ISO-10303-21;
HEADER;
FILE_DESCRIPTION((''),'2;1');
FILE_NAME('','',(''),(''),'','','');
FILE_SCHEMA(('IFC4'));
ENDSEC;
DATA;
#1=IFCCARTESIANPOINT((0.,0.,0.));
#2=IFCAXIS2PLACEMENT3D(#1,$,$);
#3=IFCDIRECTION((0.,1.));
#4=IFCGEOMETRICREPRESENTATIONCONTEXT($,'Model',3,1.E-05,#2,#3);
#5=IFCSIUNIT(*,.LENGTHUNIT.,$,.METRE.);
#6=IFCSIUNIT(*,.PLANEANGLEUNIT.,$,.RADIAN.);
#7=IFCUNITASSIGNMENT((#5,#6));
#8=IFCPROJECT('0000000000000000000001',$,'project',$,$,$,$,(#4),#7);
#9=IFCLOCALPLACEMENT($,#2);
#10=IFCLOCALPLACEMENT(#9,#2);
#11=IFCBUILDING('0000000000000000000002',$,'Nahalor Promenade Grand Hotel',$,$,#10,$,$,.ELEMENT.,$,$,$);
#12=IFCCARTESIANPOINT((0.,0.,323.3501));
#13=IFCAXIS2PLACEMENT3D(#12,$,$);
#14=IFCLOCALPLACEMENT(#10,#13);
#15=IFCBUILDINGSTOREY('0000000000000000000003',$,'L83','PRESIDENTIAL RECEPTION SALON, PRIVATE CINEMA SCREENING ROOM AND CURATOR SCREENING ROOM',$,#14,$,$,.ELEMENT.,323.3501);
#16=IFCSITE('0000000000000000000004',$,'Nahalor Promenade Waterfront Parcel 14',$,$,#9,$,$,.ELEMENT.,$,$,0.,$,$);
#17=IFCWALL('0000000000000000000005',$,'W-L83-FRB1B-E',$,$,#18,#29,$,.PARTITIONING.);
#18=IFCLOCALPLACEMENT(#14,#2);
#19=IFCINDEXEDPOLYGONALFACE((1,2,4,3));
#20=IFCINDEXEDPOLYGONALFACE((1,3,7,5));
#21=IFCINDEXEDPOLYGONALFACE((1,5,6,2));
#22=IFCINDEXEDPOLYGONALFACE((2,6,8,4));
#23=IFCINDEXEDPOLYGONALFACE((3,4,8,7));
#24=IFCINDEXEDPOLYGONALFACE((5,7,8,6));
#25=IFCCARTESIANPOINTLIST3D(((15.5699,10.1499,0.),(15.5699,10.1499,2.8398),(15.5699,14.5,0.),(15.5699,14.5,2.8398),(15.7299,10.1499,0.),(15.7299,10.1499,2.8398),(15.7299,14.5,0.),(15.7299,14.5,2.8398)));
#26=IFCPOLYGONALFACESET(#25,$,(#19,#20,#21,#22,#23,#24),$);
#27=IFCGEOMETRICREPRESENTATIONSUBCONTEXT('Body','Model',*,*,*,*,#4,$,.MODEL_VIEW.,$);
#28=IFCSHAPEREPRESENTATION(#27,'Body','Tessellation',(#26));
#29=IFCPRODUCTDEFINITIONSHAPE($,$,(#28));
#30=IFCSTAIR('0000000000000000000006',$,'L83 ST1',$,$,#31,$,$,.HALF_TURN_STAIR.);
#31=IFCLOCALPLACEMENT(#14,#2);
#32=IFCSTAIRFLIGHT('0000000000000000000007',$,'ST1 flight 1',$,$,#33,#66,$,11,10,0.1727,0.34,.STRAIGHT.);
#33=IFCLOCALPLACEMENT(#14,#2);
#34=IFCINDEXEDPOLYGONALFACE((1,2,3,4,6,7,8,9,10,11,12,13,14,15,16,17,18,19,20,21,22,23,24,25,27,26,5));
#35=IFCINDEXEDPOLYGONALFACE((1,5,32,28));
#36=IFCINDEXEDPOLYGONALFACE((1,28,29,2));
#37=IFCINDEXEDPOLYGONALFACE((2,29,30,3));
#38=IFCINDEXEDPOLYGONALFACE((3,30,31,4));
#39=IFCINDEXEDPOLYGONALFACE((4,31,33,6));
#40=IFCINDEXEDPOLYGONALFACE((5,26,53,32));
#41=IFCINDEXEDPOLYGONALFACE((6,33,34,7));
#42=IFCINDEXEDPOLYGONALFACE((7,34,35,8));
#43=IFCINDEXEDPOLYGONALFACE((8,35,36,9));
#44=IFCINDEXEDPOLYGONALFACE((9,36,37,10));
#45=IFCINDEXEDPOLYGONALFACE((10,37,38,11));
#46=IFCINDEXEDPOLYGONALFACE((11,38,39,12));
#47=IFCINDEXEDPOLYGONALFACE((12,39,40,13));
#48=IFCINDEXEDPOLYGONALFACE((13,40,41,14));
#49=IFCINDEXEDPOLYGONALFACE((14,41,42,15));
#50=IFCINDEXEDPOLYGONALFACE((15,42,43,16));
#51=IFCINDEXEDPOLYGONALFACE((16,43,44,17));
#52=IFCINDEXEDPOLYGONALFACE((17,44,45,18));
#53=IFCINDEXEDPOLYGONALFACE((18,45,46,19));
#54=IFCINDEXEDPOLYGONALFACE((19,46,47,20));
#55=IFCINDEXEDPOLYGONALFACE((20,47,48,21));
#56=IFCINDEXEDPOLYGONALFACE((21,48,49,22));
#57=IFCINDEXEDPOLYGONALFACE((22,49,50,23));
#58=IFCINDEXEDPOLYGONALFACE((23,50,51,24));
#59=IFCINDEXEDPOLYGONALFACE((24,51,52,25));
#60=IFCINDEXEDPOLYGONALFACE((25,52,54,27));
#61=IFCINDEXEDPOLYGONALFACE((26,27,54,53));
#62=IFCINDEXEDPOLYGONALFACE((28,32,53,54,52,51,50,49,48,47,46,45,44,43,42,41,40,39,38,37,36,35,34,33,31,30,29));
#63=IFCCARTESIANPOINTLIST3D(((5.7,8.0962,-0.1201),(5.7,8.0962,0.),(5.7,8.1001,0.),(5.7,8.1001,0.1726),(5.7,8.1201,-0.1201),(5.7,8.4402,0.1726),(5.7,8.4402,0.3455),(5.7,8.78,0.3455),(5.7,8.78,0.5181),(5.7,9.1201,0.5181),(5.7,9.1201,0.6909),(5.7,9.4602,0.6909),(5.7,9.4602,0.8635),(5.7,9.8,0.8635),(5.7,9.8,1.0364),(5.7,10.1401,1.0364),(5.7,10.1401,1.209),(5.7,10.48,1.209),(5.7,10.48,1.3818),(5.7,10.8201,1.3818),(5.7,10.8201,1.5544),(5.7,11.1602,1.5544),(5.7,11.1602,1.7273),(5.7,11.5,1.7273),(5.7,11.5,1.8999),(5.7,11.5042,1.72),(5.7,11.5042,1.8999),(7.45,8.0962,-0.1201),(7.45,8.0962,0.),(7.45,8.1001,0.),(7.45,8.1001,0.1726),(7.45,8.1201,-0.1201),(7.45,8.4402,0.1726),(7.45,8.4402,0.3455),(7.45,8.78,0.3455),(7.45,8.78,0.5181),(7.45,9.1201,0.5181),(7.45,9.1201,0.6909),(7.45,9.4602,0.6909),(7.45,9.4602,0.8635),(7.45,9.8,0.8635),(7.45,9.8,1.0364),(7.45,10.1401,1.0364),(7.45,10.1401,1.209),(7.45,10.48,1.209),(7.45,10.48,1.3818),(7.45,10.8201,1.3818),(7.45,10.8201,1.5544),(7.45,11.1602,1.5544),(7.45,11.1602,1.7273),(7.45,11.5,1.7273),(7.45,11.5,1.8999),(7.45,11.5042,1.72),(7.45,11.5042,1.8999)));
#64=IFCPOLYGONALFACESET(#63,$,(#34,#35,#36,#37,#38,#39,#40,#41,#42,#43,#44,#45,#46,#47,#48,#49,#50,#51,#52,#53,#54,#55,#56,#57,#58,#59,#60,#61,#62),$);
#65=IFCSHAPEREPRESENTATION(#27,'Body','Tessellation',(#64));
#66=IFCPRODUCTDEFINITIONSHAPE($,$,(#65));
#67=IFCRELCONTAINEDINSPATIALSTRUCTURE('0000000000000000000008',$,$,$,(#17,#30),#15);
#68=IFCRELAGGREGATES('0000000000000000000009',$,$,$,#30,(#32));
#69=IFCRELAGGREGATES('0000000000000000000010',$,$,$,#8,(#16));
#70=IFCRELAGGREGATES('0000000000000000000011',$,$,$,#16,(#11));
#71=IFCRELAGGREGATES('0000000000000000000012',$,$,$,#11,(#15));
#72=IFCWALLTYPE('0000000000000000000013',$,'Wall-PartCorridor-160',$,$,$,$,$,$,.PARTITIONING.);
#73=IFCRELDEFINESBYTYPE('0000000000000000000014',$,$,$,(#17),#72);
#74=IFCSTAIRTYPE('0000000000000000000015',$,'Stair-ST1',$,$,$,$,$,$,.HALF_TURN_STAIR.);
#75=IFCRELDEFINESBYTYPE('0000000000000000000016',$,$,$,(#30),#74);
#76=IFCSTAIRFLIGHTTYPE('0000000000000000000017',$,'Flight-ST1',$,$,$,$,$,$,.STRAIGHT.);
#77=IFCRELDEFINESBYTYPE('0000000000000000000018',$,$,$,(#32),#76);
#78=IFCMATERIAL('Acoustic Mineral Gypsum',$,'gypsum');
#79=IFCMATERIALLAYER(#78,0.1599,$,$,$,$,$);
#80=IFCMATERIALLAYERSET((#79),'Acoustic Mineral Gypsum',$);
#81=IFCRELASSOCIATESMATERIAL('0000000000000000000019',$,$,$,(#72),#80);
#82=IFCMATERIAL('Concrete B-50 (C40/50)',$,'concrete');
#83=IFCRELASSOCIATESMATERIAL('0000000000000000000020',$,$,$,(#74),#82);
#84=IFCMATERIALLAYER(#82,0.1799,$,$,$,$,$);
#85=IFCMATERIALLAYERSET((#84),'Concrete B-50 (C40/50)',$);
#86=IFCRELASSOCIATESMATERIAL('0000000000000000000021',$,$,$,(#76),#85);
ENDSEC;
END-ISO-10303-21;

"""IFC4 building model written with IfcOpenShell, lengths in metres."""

from ifc_helpers import new_model, si_unit, direction, frame, frame_2d, origin, place, context, subcontext, project, spatial, polyline, rectangle, outline, extrude, source, transform, mapped, material, layer, layer_set, type_object, element, aggregate, save


model = new_model("IFC4")

# Units and contexts
model_context = context("Model", 3, precision=1e-05, world=origin(), true_north=direction((0.0, 1.0)))
body_context = subcontext(model_context, "Body", "Model", "MODEL_VIEW")
ifc_project = project(units=[si_unit("LENGTHUNIT", "METRE"), si_unit("PLANEANGLEUNIT", "RADIAN")], contexts=[model_context])

# Site, building, storey
site_placement = place(None, origin())
site = spatial("IfcSite", under=ifc_project, at=site_placement, Name="Nahalor Promenade Waterfront Parcel 14", CompositionType="ELEMENT", RefElevation=0.0)
building_placement = place(site_placement, origin())
building = spatial("IfcBuilding", under=site, at=building_placement, Name="Nahalor Promenade Grand Hotel", CompositionType="ELEMENT")
storey_placement = place(building_placement, frame((0.0, 0.0, 323.3501)))
storey = spatial("IfcBuildingStorey", under=building, at=storey_placement, Name="L83", Description="PRESIDENTIAL RECEPTION SALON, PRIVATE CINEMA SCREENING ROOM AND CURATOR SCREENING ROOM", CompositionType="ELEMENT", Elevation=323.3501)

# Shared definitions
ifc_material_1 = material(Name="Concrete B-50 (C40/50)", Category="concrete")

# Shared definitions
ifc_material_2 = material(Name="Acoustic Mineral Gypsum", Category="gypsum")
ifc_layer_1 = layer(ifc_material_2, 0.1599)
ifc_layer_set_1 = layer_set([ifc_layer_1], Name="Acoustic Mineral Gypsum")
wall_type_1 = type_object("IfcWallType", Name="Wall-PartCorridor-160", PredefinedType="PARTITIONING", material=ifc_layer_set_1)

# Shared definitions
shared_shape_1 = source(origin(), body_context, "Body", "SweptSolid", [
    extrude(rectangle(XDim=4.3501, YDim=0.1599, at=frame_2d((2.175, 0.0))), origin(), (0.0, 0.0, 1.0), 2.8398),
])

# Wall
wall_1_placement = place(storey_placement, frame((15.6499, 10.1499, 0.0), z_axis=(0.0, 0.0, 1.0), x_axis=(0.0, 1.0, 0.0)))
element("IfcWall", 1, at=wall_1_placement, inside=storey, type_object=wall_type_1, Name="W-L83-FRB1B-E", PredefinedType="PARTITIONING", context=body_context, shape_type="MappedRepresentation", body=[
    mapped(shared_shape_1, transform((0.0, 0.0, 0.0), scale=1.0)),
])

# Stair, stair flight
stair_type = type_object("IfcStairType", Name="Stair-ST1", PredefinedType="HALF_TURN_STAIR", material=ifc_material_1)
stair_placement = place(storey_placement, origin())
stair = element("IfcStair", 2, at=stair_placement, inside=storey, type_object=stair_type, Name="L83 ST1", PredefinedType="HALF_TURN_STAIR")
ifc_layer_2 = layer(ifc_material_1, 0.1799)
ifc_layer_set_2 = layer_set([ifc_layer_2], Name="Concrete B-50 (C40/50)")
stair_flight_type = type_object("IfcStairFlightType", Name="Flight-ST1", PredefinedType="STRAIGHT", material=ifc_layer_set_2)
shared_shape_2 = source(origin(), body_context, "Body", "SweptSolid", [
    extrude(outline(polyline([(-0.0039, -0.1201), (-0.0039, 0.0), (0.0, 0.0), (0.0, 0.1726), (0.3401, 0.1726), (0.3401, 0.3455), (0.6799, 0.3455), (0.6799, 0.5181), (1.02, 0.5181), (1.02, 0.6909), (1.3601, 0.6909), (1.3601, 0.8635), (1.7, 0.8635), (1.7, 1.0364), (2.04, 1.0364), (2.04, 1.209), (2.3799, 1.209), (2.3799, 1.3818), (2.72, 1.3818), (2.72, 1.5544), (3.0601, 1.5544), (3.0601, 1.7273), (3.3999, 1.7273), (3.3999, 1.8999), (3.4041, 1.8999), (3.4041, 1.72), (0.02, -0.1201), (-0.0039, -0.1201)])), frame((0.0, 0.875, 0.0), z_axis=(0.0, -1.0, 0.0), x_axis=(1.0, 0.0, 0.0)), (0.0, 0.0, 1.0), 1.75),
])
stair_flight_placement = place(storey_placement, frame((6.575, 8.1001, 0.0), z_axis=(0.0, 0.0, 1.0), x_axis=(0.0, 1.0, 0.0)))
stair_flight = element("IfcStairFlight", 3, at=stair_flight_placement, type_object=stair_flight_type, Name="ST1 flight 1", NumberOfRisers=11, NumberOfTreads=10, PredefinedType="STRAIGHT", RiserHeight=0.1727, TreadLength=0.34, context=body_context, shape_type="MappedRepresentation", body=[
    mapped(shared_shape_2, transform((0.0, 0.0, 0.0), scale=1.0)),
])
aggregate(stair, [stair_flight])

save(model, "model.ifc")
